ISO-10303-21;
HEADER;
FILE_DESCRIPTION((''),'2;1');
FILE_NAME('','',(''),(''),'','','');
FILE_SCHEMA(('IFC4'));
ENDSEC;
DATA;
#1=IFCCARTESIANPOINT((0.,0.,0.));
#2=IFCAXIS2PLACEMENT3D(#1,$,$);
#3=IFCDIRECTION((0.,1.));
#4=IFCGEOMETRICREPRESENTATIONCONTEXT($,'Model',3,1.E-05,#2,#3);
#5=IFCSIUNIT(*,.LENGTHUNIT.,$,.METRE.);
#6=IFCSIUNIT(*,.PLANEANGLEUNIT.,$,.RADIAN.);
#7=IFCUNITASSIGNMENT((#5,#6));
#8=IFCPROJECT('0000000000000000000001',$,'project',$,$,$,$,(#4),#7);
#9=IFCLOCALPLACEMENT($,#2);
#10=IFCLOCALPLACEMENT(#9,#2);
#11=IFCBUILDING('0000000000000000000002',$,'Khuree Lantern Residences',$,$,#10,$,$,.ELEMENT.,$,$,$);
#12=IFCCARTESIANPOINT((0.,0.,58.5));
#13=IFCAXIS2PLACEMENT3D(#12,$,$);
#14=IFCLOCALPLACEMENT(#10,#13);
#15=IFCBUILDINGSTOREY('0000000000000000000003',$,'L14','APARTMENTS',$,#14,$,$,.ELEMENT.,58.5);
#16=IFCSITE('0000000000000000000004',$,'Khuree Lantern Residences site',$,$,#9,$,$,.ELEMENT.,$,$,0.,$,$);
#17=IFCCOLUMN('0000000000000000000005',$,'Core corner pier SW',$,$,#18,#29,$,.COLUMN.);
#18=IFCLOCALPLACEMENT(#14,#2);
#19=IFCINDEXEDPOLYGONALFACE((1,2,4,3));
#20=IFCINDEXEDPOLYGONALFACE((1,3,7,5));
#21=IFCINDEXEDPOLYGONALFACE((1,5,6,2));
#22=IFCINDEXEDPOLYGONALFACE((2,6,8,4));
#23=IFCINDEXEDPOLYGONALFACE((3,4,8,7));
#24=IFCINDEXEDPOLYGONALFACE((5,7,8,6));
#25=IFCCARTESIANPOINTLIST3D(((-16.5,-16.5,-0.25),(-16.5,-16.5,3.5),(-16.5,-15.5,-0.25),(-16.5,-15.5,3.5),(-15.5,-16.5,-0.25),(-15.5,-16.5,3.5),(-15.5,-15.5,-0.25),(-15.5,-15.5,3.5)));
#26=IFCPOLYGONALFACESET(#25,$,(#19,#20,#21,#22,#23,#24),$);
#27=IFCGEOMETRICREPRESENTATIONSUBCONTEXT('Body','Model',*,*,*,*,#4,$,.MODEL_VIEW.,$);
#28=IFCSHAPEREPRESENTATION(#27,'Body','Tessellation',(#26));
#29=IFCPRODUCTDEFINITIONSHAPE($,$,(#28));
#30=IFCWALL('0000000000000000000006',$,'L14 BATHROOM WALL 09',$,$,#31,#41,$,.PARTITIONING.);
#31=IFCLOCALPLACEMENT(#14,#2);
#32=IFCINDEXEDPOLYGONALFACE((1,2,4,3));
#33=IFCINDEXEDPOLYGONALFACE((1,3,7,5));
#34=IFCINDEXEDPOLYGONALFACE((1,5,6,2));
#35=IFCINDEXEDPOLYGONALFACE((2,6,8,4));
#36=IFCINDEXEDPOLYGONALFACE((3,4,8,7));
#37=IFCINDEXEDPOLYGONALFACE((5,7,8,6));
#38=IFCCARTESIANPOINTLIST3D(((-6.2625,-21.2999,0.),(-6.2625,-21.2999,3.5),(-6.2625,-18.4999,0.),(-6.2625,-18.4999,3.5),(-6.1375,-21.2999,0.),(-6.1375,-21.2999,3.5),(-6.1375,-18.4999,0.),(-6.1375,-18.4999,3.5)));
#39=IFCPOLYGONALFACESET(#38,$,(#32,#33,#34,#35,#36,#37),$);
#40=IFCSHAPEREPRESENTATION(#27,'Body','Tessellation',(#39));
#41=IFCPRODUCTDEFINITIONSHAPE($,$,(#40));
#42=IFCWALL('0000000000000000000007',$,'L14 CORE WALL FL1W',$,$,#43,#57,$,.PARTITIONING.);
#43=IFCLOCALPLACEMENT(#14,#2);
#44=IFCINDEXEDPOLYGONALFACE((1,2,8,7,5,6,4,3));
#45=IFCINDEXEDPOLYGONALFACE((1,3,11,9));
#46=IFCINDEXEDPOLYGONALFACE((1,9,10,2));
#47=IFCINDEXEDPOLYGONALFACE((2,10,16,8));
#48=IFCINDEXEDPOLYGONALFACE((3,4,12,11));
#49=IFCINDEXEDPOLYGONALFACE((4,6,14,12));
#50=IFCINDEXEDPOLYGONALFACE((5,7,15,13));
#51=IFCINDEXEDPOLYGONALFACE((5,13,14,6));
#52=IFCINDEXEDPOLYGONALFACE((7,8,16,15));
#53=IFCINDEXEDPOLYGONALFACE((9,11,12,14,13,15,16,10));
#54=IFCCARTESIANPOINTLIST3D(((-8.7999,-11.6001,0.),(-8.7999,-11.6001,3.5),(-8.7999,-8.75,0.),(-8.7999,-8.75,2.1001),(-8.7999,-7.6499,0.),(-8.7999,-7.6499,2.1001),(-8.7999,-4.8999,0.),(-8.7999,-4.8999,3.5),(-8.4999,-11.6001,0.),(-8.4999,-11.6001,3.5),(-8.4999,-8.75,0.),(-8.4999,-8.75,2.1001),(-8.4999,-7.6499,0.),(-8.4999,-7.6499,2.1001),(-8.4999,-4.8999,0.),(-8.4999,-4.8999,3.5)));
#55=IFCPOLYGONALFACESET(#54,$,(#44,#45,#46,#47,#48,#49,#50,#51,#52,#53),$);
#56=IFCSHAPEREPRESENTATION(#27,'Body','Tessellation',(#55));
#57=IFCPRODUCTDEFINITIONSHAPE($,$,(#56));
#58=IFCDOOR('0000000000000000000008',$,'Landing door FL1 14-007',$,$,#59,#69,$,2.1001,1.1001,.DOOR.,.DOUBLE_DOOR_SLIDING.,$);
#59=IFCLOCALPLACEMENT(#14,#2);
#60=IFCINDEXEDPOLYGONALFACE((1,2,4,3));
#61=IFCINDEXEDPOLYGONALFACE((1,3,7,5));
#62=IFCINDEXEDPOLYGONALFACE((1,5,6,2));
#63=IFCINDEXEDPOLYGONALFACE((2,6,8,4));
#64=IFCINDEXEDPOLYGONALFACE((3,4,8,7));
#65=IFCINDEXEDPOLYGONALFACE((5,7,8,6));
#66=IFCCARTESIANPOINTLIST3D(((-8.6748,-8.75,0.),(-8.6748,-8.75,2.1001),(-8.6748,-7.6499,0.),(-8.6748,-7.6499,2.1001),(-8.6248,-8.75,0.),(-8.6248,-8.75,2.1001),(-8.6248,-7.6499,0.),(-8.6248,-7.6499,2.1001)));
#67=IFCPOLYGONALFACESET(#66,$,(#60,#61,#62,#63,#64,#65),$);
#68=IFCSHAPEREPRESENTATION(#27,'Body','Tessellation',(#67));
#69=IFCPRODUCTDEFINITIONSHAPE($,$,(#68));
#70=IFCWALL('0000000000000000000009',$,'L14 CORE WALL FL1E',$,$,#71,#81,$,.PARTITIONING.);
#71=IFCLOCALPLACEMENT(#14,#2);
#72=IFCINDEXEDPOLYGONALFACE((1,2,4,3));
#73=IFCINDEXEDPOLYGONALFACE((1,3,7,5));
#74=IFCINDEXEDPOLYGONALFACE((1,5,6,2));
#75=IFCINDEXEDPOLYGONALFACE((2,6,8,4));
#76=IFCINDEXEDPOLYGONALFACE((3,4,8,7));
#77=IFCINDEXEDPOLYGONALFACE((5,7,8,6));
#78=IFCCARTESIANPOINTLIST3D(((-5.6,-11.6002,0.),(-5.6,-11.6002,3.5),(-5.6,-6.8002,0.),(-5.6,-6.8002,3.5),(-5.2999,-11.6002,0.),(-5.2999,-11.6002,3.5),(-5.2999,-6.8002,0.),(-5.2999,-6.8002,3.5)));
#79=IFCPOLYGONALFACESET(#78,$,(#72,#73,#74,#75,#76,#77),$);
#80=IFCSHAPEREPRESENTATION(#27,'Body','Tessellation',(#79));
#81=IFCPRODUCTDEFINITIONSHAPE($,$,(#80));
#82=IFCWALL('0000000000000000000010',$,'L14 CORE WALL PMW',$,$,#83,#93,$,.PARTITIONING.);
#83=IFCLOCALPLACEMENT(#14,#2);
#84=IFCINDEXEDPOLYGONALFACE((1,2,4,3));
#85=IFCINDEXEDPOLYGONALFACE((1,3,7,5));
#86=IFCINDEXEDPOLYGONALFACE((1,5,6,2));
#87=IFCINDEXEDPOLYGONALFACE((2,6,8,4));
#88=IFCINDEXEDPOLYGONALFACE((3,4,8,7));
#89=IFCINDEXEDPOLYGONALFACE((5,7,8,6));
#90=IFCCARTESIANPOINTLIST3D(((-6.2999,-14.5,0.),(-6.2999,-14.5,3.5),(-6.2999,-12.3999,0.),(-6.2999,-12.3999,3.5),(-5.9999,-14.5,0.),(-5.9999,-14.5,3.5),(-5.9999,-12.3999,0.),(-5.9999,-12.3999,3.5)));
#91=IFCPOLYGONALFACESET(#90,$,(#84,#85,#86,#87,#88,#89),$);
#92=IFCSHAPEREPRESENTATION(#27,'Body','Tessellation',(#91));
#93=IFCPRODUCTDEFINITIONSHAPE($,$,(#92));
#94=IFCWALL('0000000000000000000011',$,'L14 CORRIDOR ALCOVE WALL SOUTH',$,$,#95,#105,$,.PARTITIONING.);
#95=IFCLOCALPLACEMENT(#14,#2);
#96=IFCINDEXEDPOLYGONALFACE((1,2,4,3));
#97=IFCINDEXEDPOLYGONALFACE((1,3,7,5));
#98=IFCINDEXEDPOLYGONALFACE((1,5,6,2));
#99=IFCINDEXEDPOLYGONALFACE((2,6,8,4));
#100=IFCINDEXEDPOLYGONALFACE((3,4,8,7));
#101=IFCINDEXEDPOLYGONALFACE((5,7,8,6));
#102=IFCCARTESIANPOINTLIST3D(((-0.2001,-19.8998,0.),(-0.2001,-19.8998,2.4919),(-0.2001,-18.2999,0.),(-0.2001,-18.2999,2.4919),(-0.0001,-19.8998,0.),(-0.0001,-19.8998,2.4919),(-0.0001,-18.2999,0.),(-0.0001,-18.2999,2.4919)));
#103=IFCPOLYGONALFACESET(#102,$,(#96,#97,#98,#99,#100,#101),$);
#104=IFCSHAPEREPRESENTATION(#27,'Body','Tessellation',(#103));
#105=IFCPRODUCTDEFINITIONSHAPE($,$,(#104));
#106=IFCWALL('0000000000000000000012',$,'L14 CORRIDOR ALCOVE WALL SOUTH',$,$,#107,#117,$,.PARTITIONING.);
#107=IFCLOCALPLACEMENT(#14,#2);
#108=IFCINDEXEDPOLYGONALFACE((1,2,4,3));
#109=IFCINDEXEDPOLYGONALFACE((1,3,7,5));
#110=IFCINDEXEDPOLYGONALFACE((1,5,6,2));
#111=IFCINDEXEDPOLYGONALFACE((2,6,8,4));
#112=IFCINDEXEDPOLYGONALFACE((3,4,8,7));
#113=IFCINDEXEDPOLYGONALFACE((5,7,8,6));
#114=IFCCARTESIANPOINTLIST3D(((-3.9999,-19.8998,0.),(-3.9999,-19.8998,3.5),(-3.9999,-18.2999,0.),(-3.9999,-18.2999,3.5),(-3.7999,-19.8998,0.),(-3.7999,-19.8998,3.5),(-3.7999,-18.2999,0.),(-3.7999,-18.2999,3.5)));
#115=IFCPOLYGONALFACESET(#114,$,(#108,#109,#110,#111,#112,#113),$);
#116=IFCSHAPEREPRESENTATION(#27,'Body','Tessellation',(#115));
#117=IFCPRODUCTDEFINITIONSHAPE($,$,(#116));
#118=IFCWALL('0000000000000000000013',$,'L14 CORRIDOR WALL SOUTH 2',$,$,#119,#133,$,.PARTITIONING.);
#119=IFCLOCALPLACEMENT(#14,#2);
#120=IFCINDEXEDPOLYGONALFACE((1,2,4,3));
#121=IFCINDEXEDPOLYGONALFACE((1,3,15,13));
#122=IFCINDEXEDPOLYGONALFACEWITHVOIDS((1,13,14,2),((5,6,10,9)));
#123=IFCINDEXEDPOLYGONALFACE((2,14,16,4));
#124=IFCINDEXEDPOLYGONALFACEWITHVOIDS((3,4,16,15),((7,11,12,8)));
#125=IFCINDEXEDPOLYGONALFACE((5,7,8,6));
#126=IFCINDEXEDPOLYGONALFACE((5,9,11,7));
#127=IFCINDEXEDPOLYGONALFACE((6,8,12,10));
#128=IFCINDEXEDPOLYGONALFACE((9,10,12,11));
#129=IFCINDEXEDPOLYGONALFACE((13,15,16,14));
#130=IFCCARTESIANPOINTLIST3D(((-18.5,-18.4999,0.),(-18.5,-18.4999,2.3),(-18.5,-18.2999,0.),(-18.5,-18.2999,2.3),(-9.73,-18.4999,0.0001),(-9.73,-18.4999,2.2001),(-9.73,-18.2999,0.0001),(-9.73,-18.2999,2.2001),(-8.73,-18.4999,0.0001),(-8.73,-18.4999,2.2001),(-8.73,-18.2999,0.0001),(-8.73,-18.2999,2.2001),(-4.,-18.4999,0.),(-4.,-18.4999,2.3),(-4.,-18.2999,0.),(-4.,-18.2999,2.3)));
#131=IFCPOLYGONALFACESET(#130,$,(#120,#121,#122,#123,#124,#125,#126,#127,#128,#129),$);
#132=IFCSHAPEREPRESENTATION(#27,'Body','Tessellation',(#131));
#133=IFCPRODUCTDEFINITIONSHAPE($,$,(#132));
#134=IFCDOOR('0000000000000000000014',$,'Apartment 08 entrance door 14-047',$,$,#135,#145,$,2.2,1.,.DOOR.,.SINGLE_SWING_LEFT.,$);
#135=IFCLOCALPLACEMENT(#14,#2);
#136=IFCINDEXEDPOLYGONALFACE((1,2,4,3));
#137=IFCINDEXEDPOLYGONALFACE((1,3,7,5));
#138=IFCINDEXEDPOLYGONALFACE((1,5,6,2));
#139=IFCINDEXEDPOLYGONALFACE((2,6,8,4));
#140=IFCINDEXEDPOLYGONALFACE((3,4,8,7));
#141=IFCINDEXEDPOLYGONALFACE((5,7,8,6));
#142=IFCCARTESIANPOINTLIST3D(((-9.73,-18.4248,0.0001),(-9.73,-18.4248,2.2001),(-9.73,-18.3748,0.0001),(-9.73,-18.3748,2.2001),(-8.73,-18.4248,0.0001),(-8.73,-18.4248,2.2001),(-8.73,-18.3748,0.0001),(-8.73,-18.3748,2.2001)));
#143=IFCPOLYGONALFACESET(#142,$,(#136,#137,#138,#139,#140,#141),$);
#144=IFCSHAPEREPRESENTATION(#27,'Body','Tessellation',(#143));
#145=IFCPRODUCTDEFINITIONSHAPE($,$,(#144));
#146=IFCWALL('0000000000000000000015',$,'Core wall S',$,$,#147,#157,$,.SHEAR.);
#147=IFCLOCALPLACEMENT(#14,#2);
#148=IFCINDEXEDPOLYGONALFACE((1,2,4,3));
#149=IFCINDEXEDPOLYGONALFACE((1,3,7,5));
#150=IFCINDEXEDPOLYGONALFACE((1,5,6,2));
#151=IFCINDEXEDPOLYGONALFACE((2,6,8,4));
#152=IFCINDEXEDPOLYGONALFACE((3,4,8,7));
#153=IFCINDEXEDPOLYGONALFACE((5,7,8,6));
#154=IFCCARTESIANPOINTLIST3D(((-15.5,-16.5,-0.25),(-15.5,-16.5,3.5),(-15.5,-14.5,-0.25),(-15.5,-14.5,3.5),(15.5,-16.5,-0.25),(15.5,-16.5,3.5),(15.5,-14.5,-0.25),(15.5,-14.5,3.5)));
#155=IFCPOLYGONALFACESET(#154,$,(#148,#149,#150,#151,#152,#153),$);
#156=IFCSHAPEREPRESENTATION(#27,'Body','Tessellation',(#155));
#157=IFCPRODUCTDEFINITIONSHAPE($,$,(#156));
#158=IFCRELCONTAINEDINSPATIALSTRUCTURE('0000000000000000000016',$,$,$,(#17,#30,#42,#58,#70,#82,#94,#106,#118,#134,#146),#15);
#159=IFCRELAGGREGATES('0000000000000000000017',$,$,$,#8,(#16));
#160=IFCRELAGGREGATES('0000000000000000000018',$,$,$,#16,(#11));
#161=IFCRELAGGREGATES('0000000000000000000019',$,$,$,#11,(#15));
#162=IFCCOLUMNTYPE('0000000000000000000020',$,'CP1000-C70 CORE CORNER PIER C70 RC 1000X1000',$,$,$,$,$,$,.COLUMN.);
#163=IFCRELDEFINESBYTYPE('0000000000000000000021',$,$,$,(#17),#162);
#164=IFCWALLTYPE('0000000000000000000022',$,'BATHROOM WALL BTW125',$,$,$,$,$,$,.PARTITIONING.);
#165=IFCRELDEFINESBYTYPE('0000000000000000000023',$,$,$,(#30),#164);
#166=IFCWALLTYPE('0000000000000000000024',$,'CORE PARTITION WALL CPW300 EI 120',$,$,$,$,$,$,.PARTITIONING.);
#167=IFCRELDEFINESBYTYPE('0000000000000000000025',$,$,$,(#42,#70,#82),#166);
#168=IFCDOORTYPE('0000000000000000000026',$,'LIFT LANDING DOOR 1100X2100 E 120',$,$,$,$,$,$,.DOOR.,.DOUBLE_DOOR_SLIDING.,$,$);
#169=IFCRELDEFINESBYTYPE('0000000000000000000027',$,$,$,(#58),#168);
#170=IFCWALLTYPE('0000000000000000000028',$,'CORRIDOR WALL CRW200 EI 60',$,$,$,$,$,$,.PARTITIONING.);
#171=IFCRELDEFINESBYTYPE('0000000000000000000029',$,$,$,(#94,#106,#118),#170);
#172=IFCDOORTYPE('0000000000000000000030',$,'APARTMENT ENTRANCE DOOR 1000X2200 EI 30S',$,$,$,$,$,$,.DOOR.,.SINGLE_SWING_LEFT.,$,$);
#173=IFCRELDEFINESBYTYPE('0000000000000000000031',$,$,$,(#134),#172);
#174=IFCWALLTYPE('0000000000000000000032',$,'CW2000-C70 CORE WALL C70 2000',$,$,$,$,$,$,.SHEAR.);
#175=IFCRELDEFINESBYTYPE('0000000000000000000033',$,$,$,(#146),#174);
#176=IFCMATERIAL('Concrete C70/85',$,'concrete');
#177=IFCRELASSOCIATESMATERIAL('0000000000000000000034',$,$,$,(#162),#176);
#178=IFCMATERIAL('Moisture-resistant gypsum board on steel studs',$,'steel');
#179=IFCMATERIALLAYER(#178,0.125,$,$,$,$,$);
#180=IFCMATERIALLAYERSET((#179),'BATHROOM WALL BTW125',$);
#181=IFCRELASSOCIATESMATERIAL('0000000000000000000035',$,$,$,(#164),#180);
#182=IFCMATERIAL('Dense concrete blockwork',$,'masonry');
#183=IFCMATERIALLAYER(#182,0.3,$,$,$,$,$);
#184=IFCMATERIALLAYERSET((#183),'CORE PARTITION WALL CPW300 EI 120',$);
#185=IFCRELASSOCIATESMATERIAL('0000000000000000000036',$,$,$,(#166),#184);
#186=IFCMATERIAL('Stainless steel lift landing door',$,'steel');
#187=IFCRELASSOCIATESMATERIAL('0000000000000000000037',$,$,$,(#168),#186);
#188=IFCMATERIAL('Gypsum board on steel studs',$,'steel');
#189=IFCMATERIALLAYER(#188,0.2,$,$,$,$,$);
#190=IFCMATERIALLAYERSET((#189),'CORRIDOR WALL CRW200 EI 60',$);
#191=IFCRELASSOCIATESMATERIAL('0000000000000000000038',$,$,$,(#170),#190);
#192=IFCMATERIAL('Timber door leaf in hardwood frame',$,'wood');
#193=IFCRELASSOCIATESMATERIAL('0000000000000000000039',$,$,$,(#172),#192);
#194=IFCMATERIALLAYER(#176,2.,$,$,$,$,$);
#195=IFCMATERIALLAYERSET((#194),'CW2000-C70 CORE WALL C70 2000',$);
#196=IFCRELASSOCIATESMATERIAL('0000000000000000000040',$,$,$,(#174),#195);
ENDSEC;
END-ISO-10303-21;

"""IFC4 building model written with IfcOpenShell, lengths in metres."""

from ifc_helpers import new_model, si_unit, direction, frame, frame_2d, origin, origin_2d, place, context, subcontext, project, spatial, rectangle, extrude, material, layer, layer_set, material_profile, profile_set, type_object, element, fill, save


model = new_model("IFC4")

# Units and contexts
model_context = context("Model", 3, precision=1e-05, world=origin(), true_north=direction((0.0, 1.0)))
body_context = subcontext(model_context, "Body", "Model", "MODEL_VIEW")
ifc_project = project(units=[si_unit("LENGTHUNIT", "METRE"), si_unit("PLANEANGLEUNIT", "RADIAN")], contexts=[model_context])

# Site, building, storey
site_placement = place(None, origin())
site = spatial("IfcSite", under=ifc_project, at=site_placement, Name="Khuree Lantern Residences site", CompositionType="ELEMENT", RefElevation=0.0)
building_placement = place(site_placement, origin())
building = spatial("IfcBuilding", under=site, at=building_placement, Name="Khuree Lantern Residences", CompositionType="ELEMENT")
storey_placement = place(building_placement, frame((0.0, 0.0, 58.5)))
storey = spatial("IfcBuildingStorey", under=building, at=storey_placement, Name="L14", Description="APARTMENTS", CompositionType="ELEMENT", Elevation=58.5)

# Column
ifc_material_1 = material(Name="Concrete C70/85", Category="concrete")
ifc_material_profile = material_profile(ifc_material_1, rectangle(XDim=1.0, YDim=1.0, at=origin_2d()), Name="RC 1000X1000")
ifc_profile_set = profile_set([ifc_material_profile], Name="Concrete C70/85")
column_type = type_object("IfcColumnType", Name="CP1000-C70 CORE CORNER PIER C70 RC 1000X1000", PredefinedType="COLUMN", material=ifc_profile_set)
column_placement = place(storey_placement, frame((-16.0, -16.0, -0.25), z_axis=(0.0, 0.0, 1.0), x_axis=(1.0, 0.0, 0.0)))
element("IfcColumn", 1, at=column_placement, inside=storey, type_object=column_type, Name="Core corner pier SW", PredefinedType="COLUMN", context=body_context, shape_type="SweptSolid", body=[
    extrude(rectangle(XDim=1.0, YDim=1.0, at=origin_2d()), origin(), (0.0, 0.0, 1.0), 3.75),
])

# Wall
ifc_material_2 = material(Name="Moisture-resistant gypsum board on steel studs", Category="steel")
ifc_layer_1 = layer(ifc_material_2, 0.125)
ifc_layer_set_1 = layer_set([ifc_layer_1], Name="BATHROOM WALL BTW125")
wall_type_1 = type_object("IfcWallType", Name="BATHROOM WALL BTW125", PredefinedType="PARTITIONING", material=ifc_layer_set_1)
wall_1_placement = place(storey_placement, frame((-6.2, -18.5, 0.0), z_axis=(0.0, 0.0, 1.0), x_axis=(0.0, -1.0, 0.0)))
element("IfcWall", 2, at=wall_1_placement, inside=storey, type_object=wall_type_1, Name="L14 BATHROOM WALL 09", PredefinedType="PARTITIONING", context=body_context, shape_type="SweptSolid", body=[
    extrude(rectangle(XDim=2.8, YDim=0.125, at=frame_2d((1.3999, 0.0))), origin(), (0.0, 0.0, 1.0), 3.5),
])

# Wall, opening, door
ifc_material_3 = material(Name="Dense concrete blockwork", Category="masonry")
ifc_layer_2 = layer(ifc_material_3, 0.3)
ifc_layer_set_2 = layer_set([ifc_layer_2], Name="CORE PARTITION WALL CPW300 EI 120")
wall_type_2 = type_object("IfcWallType", Name="CORE PARTITION WALL CPW300 EI 120", PredefinedType="PARTITIONING", material=ifc_layer_set_2)
wall_2_placement = place(storey_placement, frame((-8.6499, -11.6001, 0.0), z_axis=(0.0, 0.0, 1.0), x_axis=(0.0, 1.0, 0.0)))
wall_2 = element("IfcWall", 3, at=wall_2_placement, inside=storey, type_object=wall_type_2, Name="L14 CORE WALL FL1W", PredefinedType="PARTITIONING", context=body_context, shape_type="SweptSolid", body=[
    extrude(rectangle(XDim=6.7002, YDim=0.3, at=frame_2d((3.3501, 0.0))), origin(), (0.0, 0.0, 1.0), 3.5),
])
opening_1_placement = place(wall_2_placement, frame((2.8501, 0.0, 0.0)))
opening_1 = element("IfcOpeningElement", 4, at=opening_1_placement, cuts=wall_2, PredefinedType="OPENING", context=body_context, shape_type="SweptSolid", body=[
    extrude(rectangle(XDim=1.1001, YDim=2.1001, at=frame_2d((0.55, 1.05))), frame((0.0, 0.1602, 0.0), z_axis=(0.0, -1.0, 0.0), x_axis=(1.0, 0.0, 0.0)), (0.0, 0.0, 1.0), 0.3201),
])
ifc_material_4 = material(Name="Stainless steel lift landing door", Category="steel")
door_type_1 = type_object("IfcDoorType", Name="LIFT LANDING DOOR 1100X2100 E 120", OperationType="DOUBLE_DOOR_SLIDING", PredefinedType="DOOR", material=ifc_material_4)
door_1_placement = place(opening_1_placement, origin())
door_1 = element("IfcDoor", 5, at=door_1_placement, inside=storey, type_object=door_type_1, Name="Landing door FL1 14-007", OperationType="DOUBLE_DOOR_SLIDING", OverallHeight=2.1001, OverallWidth=1.1001, PredefinedType="DOOR", context=body_context, shape_type="SweptSolid", body=[
    extrude(rectangle(XDim=1.1001, YDim=2.1001, at=frame_2d((0.55, 1.05))), frame((0.0, 0.0249, 0.0), z_axis=(0.0, -1.0, 0.0), x_axis=(1.0, 0.0, 0.0)), (0.0, 0.0, 1.0), 0.05),
])
fill(opening_1, door_1)

# Walls
wall_3_placement = place(storey_placement, frame((-5.45, -11.6001, 0.0), z_axis=(0.0, 0.0, 1.0), x_axis=(0.0, 1.0, 0.0)))
element("IfcWall", 6, at=wall_3_placement, inside=storey, type_object=wall_type_2, Name="L14 CORE WALL FL1E", PredefinedType="PARTITIONING", context=body_context, shape_type="SweptSolid", body=[
    extrude(rectangle(XDim=4.8, YDim=0.3, at=frame_2d((2.3999, 0.0))), origin(), (0.0, 0.0, 1.0), 3.5),
])
wall_4_placement = place(storey_placement, frame((-6.1499, -14.5, 0.0), z_axis=(0.0, 0.0, 1.0), x_axis=(0.0, 1.0, 0.0)))
element("IfcWall", 7, at=wall_4_placement, inside=storey, type_object=wall_type_2, Name="L14 CORE WALL PMW", PredefinedType="PARTITIONING", context=body_context, shape_type="SweptSolid", body=[
    extrude(rectangle(XDim=2.1001, YDim=0.3, at=frame_2d((1.05, 0.0))), origin(), (0.0, 0.0, 1.0), 3.5),
])
ifc_material_5 = material(Name="Gypsum board on steel studs", Category="steel")
ifc_layer_3 = layer(ifc_material_5, 0.2)
ifc_layer_set_3 = layer_set([ifc_layer_3], Name="CORRIDOR WALL CRW200 EI 60")
wall_type_3 = type_object("IfcWallType", Name="CORRIDOR WALL CRW200 EI 60", PredefinedType="PARTITIONING", material=ifc_layer_set_3)
wall_5_placement = place(storey_placement, frame((-0.1001, -18.3, 0.0), z_axis=(0.0, 0.0, 1.0), x_axis=(0.0, -1.0, 0.0)))
element("IfcWall", 8, at=wall_5_placement, inside=storey, type_object=wall_type_3, Name="L14 CORRIDOR ALCOVE WALL SOUTH", PredefinedType="PARTITIONING", context=body_context, shape_type="SweptSolid", body=[
    extrude(rectangle(XDim=1.5999, YDim=0.2, at=frame_2d((0.7998, 0.0))), origin(), (0.0, 0.0, 1.0), 2.4919),
])
wall_6_placement = place(storey_placement, frame((-3.8999, -18.3, 0.0), z_axis=(0.0, 0.0, 1.0), x_axis=(0.0, -1.0, 0.0)))
element("IfcWall", 9, at=wall_6_placement, inside=storey, type_object=wall_type_3, Name="L14 CORRIDOR ALCOVE WALL SOUTH", PredefinedType="PARTITIONING", context=body_context, shape_type="SweptSolid", body=[
    extrude(rectangle(XDim=1.5999, YDim=0.2, at=frame_2d((0.7998, 0.0))), origin(), (0.0, 0.0, 1.0), 3.5),
])

# Wall, opening, door
wall_7_placement = place(storey_placement, frame((-4.0, -18.3999, 0.0), z_axis=(0.0, 0.0, 1.0), x_axis=(-1.0, 0.0, 0.0)))
wall_7 = element("IfcWall", 10, at=wall_7_placement, inside=storey, type_object=wall_type_3, Name="L14 CORRIDOR WALL SOUTH 2", PredefinedType="PARTITIONING", context=body_context, shape_type="SweptSolid", body=[
    extrude(rectangle(XDim=14.5, YDim=0.2, at=frame_2d((7.25, 0.0))), origin(), (0.0, 0.0, 1.0), 2.3),
])
opening_2_placement = place(wall_7_placement, frame((4.73, 0.0, 0.0)))
opening_2 = element("IfcOpeningElement", 11, at=opening_2_placement, cuts=wall_7, PredefinedType="OPENING", context=body_context, shape_type="SweptSolid", body=[
    extrude(rectangle(XDim=1.0, YDim=2.2, at=frame_2d((0.5, 1.1001))), frame((0.0, 0.1099, 0.0), z_axis=(0.0, -1.0, 0.0), x_axis=(1.0, 0.0, 0.0)), (0.0, 0.0, 1.0), 0.22),
])
ifc_material_6 = material(Name="Timber door leaf in hardwood frame", Category="wood")
door_type_2 = type_object("IfcDoorType", Name="APARTMENT ENTRANCE DOOR 1000X2200 EI 30S", OperationType="SINGLE_SWING_LEFT", PredefinedType="DOOR", material=ifc_material_6)
door_2_placement = place(opening_2_placement, origin())
door_2 = element("IfcDoor", 12, at=door_2_placement, inside=storey, type_object=door_type_2, Name="Apartment 08 entrance door 14-047", OperationType="SINGLE_SWING_LEFT", OverallHeight=2.2, OverallWidth=1.0, PredefinedType="DOOR", context=body_context, shape_type="SweptSolid", body=[
    extrude(rectangle(XDim=1.0, YDim=2.2, at=frame_2d((0.5, 1.1001))), frame((0.0, 0.0249, 0.0), z_axis=(0.0, -1.0, 0.0), x_axis=(1.0, 0.0, 0.0)), (0.0, 0.0, 1.0), 0.05),
])
fill(opening_2, door_2)

# Wall
ifc_layer_4 = layer(ifc_material_1, 2.0)
ifc_layer_set_4 = layer_set([ifc_layer_4], Name="CW2000-C70 CORE WALL C70 2000")
wall_type_4 = type_object("IfcWallType", Name="CW2000-C70 CORE WALL C70 2000", PredefinedType="SHEAR", material=ifc_layer_set_4)
wall_8_placement = place(storey_placement, frame((-15.5, -15.5, -0.25), z_axis=(0.0, 0.0, 1.0), x_axis=(1.0, 0.0, 0.0)))
element("IfcWall", 13, at=wall_8_placement, inside=storey, type_object=wall_type_4, Name="Core wall S", PredefinedType="SHEAR", context=body_context, shape_type="SweptSolid", body=[
    extrude(rectangle(XDim=31.0, YDim=2.0, at=frame_2d((15.5, 0.0))), origin(), (0.0, 0.0, 1.0), 3.75),
])

save(model, "model.ifc")
